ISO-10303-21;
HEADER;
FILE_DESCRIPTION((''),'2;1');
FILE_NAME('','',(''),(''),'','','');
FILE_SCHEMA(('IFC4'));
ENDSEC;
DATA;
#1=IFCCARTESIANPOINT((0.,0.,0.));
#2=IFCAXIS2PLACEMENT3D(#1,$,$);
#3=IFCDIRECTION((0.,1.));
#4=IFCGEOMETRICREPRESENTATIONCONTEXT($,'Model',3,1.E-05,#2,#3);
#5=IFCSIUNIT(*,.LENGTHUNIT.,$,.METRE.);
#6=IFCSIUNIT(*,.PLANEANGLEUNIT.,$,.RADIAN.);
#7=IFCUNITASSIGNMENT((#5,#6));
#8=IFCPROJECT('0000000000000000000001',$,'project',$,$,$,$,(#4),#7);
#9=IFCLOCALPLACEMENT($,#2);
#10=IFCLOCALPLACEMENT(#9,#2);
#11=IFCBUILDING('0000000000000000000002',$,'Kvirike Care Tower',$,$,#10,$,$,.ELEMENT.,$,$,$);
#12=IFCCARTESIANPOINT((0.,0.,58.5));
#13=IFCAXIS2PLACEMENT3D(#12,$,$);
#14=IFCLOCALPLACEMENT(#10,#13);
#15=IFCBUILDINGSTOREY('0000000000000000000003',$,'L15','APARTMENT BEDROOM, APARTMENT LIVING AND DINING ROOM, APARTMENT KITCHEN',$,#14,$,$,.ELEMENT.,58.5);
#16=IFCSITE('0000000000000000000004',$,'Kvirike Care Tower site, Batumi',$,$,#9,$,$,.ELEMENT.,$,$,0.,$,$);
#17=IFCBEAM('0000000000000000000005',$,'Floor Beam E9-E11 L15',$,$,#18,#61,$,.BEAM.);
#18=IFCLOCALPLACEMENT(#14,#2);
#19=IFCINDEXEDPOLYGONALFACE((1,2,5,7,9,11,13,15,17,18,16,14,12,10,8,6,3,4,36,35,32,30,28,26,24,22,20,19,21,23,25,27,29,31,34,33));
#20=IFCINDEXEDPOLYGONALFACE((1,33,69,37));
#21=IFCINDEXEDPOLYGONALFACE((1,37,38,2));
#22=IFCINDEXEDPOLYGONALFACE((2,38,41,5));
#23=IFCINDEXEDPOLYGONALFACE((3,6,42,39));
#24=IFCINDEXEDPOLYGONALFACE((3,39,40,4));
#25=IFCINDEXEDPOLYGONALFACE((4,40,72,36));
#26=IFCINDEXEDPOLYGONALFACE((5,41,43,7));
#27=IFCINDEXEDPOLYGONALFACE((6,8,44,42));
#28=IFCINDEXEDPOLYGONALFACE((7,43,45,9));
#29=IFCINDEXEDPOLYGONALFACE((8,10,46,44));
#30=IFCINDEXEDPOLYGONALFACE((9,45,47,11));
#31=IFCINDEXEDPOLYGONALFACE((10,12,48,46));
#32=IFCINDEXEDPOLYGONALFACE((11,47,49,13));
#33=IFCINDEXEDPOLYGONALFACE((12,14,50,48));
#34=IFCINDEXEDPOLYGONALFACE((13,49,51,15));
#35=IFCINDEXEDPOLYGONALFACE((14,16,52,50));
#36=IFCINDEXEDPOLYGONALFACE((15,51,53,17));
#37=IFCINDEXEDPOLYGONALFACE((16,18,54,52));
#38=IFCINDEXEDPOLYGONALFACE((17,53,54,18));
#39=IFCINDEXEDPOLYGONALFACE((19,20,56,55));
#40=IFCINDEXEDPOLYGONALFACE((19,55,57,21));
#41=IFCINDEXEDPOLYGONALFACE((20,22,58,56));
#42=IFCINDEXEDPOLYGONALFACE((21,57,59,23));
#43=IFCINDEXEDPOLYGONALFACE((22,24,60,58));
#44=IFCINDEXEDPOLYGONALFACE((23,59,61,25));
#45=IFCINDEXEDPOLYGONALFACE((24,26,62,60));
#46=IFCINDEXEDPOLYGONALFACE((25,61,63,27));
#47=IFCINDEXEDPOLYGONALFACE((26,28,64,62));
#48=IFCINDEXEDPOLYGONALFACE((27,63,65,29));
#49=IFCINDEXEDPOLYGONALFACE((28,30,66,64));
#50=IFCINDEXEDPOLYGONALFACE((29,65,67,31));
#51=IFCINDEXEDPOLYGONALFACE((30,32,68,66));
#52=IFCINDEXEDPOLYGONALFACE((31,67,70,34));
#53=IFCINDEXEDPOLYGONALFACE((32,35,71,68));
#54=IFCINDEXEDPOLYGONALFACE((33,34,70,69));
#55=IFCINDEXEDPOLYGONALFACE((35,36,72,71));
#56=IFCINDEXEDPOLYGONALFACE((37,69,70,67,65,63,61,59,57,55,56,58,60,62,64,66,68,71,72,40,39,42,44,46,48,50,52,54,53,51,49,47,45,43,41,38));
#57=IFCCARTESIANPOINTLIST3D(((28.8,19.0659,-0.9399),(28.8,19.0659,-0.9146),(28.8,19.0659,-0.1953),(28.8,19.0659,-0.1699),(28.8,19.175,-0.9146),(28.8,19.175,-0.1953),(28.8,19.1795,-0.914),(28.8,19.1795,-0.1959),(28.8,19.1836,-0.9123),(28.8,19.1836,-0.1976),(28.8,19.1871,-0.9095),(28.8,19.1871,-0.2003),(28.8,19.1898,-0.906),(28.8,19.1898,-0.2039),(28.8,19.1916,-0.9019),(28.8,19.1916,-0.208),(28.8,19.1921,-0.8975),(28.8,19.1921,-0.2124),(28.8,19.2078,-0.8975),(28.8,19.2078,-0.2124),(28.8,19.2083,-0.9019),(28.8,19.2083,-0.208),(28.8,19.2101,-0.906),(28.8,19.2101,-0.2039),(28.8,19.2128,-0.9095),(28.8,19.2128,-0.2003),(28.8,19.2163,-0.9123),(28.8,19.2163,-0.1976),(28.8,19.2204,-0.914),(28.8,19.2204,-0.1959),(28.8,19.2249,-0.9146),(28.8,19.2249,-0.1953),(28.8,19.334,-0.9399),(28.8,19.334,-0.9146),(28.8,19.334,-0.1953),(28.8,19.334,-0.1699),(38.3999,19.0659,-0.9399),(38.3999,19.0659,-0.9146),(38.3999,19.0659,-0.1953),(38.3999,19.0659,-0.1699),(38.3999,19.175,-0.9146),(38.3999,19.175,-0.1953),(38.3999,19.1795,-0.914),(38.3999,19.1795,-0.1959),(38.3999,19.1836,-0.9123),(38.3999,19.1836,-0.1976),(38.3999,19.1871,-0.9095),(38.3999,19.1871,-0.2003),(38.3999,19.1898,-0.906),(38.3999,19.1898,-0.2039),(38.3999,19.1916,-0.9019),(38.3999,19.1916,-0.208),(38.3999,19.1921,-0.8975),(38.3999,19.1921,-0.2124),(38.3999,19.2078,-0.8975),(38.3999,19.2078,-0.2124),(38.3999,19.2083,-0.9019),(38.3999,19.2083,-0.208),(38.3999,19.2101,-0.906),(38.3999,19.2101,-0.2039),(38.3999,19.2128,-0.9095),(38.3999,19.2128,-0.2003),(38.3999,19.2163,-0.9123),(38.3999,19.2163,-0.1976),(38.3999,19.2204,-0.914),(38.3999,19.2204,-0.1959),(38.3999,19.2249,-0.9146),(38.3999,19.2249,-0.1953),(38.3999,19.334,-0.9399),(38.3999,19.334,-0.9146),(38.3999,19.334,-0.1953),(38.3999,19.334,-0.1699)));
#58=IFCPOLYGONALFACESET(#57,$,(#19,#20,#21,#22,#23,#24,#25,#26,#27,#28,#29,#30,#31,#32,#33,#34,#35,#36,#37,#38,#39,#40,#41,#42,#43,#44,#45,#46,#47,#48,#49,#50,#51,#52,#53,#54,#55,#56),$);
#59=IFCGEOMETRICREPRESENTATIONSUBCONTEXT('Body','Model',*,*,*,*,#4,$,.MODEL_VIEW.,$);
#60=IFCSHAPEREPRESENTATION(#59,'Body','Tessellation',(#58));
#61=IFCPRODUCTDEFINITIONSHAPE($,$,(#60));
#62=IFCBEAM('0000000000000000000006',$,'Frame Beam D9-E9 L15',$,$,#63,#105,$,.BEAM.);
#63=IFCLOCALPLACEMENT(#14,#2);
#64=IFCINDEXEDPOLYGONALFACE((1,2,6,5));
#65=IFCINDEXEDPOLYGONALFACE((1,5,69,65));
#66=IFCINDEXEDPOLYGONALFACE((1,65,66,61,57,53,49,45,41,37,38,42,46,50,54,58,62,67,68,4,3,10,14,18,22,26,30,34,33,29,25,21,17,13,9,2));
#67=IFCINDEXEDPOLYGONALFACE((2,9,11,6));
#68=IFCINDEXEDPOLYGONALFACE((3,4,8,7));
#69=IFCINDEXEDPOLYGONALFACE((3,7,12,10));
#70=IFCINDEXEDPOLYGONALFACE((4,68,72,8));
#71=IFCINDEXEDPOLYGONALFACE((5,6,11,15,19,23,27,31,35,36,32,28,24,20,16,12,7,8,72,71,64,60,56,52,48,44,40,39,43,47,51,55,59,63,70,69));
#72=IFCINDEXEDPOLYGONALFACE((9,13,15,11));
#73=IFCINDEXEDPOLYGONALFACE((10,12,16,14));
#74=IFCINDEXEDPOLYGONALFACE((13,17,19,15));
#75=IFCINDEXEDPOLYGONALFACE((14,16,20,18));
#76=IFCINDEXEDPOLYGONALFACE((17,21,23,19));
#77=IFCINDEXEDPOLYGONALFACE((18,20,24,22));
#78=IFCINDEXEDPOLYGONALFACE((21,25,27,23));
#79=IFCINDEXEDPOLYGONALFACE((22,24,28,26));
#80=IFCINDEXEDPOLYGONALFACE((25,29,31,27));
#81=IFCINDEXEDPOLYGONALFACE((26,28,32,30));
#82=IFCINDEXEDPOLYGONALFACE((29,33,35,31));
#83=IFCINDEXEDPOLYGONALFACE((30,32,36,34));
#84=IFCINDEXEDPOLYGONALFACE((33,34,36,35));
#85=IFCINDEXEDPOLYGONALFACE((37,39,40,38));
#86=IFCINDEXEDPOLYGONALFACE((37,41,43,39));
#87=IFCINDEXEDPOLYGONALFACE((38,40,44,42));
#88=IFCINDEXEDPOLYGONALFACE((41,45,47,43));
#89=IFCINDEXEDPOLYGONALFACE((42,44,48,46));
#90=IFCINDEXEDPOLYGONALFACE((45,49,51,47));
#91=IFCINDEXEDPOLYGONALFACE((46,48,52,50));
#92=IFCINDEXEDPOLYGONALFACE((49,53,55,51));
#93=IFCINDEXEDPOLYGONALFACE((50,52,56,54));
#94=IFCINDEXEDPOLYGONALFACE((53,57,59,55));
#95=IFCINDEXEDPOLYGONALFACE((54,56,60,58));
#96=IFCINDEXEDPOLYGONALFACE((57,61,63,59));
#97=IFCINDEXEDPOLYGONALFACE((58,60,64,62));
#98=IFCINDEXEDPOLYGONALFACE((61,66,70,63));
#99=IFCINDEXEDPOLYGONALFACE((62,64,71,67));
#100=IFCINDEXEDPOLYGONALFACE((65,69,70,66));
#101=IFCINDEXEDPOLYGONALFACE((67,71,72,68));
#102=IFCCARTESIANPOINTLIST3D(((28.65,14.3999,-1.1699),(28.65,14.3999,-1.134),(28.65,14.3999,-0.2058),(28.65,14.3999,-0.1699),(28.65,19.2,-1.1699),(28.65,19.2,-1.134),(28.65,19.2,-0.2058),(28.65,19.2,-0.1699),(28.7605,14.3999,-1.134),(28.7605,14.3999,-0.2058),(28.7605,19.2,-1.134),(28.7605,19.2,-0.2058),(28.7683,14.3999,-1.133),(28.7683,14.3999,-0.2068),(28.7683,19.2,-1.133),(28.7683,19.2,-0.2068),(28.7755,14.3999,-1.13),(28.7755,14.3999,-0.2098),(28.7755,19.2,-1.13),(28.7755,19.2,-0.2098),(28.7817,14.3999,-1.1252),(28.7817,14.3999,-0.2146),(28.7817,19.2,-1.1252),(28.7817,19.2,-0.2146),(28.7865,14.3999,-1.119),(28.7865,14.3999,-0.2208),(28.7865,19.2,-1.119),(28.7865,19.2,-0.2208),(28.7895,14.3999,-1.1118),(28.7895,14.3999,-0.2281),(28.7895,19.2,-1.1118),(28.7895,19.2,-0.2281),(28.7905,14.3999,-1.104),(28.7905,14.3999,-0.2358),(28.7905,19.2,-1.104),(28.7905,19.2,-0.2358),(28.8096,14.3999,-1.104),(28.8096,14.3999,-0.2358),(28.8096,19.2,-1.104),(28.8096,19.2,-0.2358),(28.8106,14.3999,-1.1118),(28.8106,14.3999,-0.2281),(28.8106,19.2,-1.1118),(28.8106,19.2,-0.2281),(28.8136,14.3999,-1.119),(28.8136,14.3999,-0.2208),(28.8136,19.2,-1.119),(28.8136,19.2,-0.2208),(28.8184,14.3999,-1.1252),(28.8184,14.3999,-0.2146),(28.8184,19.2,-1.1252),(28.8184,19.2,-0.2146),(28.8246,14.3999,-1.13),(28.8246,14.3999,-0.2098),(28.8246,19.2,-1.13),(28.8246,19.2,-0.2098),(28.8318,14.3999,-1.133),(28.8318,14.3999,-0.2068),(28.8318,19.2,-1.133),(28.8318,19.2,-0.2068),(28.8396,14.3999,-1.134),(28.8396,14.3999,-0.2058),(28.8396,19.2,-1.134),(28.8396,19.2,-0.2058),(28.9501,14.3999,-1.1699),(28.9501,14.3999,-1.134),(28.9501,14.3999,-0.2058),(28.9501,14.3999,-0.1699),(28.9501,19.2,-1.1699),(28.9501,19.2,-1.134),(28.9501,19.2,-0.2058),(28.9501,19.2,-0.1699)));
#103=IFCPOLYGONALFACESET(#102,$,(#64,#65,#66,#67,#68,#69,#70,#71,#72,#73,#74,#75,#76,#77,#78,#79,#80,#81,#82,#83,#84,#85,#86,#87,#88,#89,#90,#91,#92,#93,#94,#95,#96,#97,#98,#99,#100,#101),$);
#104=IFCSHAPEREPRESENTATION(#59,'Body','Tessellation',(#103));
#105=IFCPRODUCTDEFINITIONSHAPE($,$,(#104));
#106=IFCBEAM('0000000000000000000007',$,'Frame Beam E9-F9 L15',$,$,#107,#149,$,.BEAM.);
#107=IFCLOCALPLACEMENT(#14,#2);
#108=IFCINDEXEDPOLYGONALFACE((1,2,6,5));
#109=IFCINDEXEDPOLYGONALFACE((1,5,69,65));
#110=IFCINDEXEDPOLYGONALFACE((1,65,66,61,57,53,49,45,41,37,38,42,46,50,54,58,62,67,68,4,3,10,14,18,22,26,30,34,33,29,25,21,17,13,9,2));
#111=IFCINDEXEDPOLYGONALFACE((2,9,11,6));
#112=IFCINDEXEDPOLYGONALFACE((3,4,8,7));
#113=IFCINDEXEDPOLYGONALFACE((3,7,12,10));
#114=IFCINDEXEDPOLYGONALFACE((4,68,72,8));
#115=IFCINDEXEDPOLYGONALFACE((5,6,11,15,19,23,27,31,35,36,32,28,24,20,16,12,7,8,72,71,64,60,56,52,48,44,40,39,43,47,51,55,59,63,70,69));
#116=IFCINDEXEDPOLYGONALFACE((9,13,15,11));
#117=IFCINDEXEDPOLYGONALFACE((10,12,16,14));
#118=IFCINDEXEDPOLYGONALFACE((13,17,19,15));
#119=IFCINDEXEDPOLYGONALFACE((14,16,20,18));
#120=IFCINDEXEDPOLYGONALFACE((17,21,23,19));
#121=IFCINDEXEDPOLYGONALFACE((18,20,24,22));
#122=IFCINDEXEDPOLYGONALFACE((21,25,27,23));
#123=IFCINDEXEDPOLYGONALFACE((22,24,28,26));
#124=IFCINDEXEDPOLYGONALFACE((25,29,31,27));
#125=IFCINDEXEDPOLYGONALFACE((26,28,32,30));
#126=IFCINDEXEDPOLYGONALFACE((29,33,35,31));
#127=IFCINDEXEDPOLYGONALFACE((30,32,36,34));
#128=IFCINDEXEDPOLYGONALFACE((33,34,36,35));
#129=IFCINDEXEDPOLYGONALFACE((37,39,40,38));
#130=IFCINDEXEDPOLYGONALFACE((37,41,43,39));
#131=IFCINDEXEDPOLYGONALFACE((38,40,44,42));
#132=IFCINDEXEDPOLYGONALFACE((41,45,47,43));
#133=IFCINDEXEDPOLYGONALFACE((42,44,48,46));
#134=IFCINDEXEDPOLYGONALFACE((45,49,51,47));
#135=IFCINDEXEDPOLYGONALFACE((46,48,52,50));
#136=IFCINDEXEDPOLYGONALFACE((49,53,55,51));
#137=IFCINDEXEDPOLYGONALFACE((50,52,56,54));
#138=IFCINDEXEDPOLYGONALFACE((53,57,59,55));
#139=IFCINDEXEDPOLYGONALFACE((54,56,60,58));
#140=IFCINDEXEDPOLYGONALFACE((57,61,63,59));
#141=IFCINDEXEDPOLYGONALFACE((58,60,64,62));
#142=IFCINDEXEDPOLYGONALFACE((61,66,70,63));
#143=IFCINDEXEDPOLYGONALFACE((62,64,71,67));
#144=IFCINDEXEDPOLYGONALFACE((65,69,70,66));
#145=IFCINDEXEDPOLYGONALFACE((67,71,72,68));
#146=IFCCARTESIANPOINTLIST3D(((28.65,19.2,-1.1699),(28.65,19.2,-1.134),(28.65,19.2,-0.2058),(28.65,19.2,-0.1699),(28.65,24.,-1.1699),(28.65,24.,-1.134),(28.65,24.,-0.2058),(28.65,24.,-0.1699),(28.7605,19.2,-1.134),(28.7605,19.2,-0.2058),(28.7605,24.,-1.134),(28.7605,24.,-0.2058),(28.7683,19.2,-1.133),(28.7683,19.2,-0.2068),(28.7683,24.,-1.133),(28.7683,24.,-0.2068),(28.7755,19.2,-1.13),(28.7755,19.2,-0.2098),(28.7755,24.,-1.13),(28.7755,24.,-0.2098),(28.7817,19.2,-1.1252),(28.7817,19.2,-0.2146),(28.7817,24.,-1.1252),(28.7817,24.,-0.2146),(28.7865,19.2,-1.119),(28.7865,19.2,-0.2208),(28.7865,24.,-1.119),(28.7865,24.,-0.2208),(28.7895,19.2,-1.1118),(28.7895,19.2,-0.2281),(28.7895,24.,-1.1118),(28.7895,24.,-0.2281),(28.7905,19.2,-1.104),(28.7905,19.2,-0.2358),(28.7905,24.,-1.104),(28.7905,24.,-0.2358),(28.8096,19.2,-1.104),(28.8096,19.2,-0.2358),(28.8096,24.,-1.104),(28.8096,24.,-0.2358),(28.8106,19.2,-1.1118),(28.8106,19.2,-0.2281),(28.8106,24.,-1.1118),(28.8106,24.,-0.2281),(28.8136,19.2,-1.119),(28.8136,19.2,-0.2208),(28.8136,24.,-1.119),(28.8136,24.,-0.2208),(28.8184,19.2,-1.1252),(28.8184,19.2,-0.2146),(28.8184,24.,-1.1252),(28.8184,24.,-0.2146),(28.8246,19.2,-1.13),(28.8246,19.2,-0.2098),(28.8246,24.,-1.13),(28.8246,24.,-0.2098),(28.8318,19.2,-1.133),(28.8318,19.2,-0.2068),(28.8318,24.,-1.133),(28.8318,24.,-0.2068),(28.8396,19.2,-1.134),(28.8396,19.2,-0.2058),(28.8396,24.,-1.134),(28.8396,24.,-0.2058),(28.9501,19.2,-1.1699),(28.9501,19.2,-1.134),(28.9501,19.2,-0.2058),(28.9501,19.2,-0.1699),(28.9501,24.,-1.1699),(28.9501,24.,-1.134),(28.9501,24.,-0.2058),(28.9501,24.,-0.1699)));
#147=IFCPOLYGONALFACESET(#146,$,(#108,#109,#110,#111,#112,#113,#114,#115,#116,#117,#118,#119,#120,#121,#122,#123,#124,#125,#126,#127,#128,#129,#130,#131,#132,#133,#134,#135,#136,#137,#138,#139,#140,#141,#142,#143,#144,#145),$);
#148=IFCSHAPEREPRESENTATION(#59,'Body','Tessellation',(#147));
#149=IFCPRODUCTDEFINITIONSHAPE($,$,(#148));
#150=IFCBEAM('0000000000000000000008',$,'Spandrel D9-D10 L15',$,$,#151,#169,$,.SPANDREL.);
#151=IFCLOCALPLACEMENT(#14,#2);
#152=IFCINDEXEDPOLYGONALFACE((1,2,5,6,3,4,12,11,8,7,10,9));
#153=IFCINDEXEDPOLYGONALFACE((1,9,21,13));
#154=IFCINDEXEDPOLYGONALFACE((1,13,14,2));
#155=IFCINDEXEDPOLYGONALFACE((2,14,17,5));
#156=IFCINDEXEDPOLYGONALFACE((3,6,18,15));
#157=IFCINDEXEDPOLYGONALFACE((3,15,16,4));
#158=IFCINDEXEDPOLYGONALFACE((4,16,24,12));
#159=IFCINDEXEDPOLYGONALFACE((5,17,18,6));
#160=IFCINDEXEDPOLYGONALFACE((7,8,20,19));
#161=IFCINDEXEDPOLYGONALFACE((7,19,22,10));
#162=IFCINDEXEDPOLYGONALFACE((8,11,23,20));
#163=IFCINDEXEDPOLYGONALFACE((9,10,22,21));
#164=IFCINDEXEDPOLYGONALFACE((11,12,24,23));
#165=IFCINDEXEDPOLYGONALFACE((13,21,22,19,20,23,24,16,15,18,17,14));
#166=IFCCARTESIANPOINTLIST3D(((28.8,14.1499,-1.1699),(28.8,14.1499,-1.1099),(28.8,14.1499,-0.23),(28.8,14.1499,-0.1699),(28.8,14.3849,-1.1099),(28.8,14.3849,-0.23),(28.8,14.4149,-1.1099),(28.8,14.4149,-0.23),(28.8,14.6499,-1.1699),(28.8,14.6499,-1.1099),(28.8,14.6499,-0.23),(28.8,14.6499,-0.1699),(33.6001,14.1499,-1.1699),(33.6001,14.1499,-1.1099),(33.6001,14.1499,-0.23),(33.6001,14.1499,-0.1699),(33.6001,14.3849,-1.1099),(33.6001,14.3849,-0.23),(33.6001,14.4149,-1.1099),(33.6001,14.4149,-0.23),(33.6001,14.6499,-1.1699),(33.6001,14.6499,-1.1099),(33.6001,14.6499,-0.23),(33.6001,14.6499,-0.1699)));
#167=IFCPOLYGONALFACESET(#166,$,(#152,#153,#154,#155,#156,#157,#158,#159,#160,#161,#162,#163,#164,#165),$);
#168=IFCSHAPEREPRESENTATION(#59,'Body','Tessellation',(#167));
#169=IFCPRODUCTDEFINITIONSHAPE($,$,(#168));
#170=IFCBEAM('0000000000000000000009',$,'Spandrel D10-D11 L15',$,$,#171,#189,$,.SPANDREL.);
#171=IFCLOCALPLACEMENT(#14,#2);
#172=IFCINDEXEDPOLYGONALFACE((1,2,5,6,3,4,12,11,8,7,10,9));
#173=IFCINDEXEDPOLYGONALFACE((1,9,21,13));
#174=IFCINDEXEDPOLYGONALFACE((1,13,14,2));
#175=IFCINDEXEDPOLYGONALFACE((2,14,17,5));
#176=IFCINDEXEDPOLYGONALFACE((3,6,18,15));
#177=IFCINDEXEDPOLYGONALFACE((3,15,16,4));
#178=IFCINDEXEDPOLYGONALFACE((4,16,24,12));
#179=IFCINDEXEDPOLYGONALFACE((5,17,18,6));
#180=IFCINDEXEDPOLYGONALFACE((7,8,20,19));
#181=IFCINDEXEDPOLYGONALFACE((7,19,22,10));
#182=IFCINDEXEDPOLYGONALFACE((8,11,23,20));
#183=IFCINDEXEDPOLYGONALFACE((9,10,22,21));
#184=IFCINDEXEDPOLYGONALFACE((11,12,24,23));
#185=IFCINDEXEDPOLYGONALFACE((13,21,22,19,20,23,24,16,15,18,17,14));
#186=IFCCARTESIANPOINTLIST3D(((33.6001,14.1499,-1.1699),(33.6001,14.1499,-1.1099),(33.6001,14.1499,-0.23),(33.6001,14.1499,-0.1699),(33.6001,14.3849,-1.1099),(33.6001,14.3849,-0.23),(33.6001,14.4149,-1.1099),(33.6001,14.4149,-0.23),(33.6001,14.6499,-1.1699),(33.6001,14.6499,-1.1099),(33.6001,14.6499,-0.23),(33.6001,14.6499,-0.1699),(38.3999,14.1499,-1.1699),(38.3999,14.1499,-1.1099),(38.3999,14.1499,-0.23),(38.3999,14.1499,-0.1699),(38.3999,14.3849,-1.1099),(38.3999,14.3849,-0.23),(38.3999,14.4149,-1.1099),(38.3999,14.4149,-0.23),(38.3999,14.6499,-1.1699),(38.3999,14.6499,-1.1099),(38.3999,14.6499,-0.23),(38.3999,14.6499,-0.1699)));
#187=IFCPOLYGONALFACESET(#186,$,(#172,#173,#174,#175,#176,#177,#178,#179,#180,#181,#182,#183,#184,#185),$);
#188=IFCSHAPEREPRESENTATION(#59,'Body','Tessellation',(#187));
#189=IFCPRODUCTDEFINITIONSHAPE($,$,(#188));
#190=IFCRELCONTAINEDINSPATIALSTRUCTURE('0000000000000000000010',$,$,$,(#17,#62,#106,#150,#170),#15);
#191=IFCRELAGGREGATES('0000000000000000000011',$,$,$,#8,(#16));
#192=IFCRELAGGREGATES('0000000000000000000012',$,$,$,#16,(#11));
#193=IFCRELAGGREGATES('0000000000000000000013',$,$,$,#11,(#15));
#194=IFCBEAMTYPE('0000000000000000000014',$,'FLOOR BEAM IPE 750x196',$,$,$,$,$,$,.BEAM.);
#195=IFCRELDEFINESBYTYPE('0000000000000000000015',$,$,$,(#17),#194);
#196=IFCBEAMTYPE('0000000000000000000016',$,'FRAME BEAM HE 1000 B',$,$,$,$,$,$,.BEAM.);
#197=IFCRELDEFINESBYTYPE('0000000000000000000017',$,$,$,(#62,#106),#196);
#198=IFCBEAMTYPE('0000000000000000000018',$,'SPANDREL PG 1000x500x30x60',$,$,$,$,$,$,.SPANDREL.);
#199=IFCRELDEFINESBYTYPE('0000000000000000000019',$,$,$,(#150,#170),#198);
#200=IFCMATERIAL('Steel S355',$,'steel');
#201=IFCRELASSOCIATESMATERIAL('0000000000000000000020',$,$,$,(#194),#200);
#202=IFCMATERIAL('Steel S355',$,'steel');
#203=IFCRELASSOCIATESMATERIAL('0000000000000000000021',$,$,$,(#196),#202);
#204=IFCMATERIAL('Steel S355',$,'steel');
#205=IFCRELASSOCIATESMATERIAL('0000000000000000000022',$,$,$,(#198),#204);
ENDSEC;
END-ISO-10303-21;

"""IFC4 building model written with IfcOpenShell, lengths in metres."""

from ifc_helpers import new_model, si_unit, direction, frame, origin, origin_2d, place, context, subcontext, project, spatial, i_section, extrude, material, material_profile, profile_set, type_object, element, save


model = new_model("IFC4")

# Units and contexts
model_context = context("Model", 3, precision=1e-05, world=origin(), true_north=direction((0.0, 1.0)))
body_context = subcontext(model_context, "Body", "Model", "MODEL_VIEW")
ifc_project = project(units=[si_unit("LENGTHUNIT", "METRE"), si_unit("PLANEANGLEUNIT", "RADIAN")], contexts=[model_context])

# Site, building, storey
site_placement = place(None, origin())
site = spatial("IfcSite", under=ifc_project, at=site_placement, Name="Kvirike Care Tower site, Batumi", CompositionType="ELEMENT", RefElevation=0.0)
building_placement = place(site_placement, origin())
building = spatial("IfcBuilding", under=site, at=building_placement, Name="Kvirike Care Tower", CompositionType="ELEMENT")
storey_placement = place(building_placement, frame((0.0, 0.0, 58.5)))
storey = spatial("IfcBuildingStorey", under=building, at=storey_placement, Name="L15", Description="APARTMENT BEDROOM, APARTMENT LIVING AND DINING ROOM, APARTMENT KITCHEN", CompositionType="ELEMENT", Elevation=58.5)

# Beams
ifc_material_1 = material(Name="Steel S355", Category="steel")
ifc_material_profile_1 = material_profile(ifc_material_1, i_section(OverallWidth=0.2681, OverallDepth=0.77, WebThickness=0.0156, FlangeThickness=0.0254, FilletRadius=0.0171, at=origin_2d()), Name="IPE 750x196")
ifc_profile_set_1 = profile_set([ifc_material_profile_1], Name="Steel S355")
beam_type_1 = type_object("IfcBeamType", Name="FLOOR BEAM IPE 750x196", PredefinedType="BEAM", material=ifc_profile_set_1)
beam_1_placement = place(storey_placement, frame((28.8, 19.2, -0.5549), z_axis=(1.0, 0.0, 0.0), x_axis=(0.0, 1.0, 0.0)))
element("IfcBeam", 1, at=beam_1_placement, inside=storey, type_object=beam_type_1, Name="Floor Beam E9-E11 L15", PredefinedType="BEAM", context=body_context, shape_type="SweptSolid", body=[
    extrude(i_section(OverallWidth=0.2681, OverallDepth=0.77, WebThickness=0.0156, FlangeThickness=0.0254, FilletRadius=0.0171, at=origin_2d()), origin(), (0.0, 0.0, 1.0), 9.5999),
])
ifc_material_2 = material(Name="Steel S355", Category="steel")
ifc_material_profile_2 = material_profile(ifc_material_2, i_section(OverallWidth=0.3, OverallDepth=1.0, WebThickness=0.019, FlangeThickness=0.0359, FilletRadius=0.03, at=origin_2d()), Name="HE 1000 B")
ifc_profile_set_2 = profile_set([ifc_material_profile_2], Name="Steel S355")
beam_type_2 = type_object("IfcBeamType", Name="FRAME BEAM HE 1000 B", PredefinedType="BEAM", material=ifc_profile_set_2)
for number, where, z_axis, x_axis, name in (
    (2, (28.8, 14.3999, -0.6699), (0.0, 1.0, 0.0), (-1.0, 0.0, 0.0), "Frame Beam D9-E9 L15"),
    (3, (28.8, 19.2, -0.6699), (0.0, 1.0, 0.0), (-1.0, 0.0, 0.0), "Frame Beam E9-F9 L15"),
):
    element("IfcBeam", number, at=place(storey_placement, frame(where, z_axis=z_axis, x_axis=x_axis)), inside=storey, type_object=beam_type_2, Name=name, PredefinedType="BEAM", context=body_context, shape_type="SweptSolid", body=[
        extrude(i_section(OverallWidth=0.3, OverallDepth=1.0, WebThickness=0.019, FlangeThickness=0.0359, FilletRadius=0.03, at=origin_2d()), origin(), (0.0, 0.0, 1.0), 4.8),
    ])
ifc_material_3 = material(Name="Steel S355", Category="steel")
ifc_material_profile_3 = material_profile(ifc_material_3, i_section(OverallWidth=0.5, OverallDepth=1.0, WebThickness=0.03, FlangeThickness=0.0601, at=origin_2d()), Name="PG 1000x500x30x60")
ifc_profile_set_3 = profile_set([ifc_material_profile_3], Name="Steel S355")
beam_type_3 = type_object("IfcBeamType", Name="SPANDREL PG 1000x500x30x60", PredefinedType="SPANDREL", material=ifc_profile_set_3)
beam_2_placement = place(storey_placement, frame((28.8, 14.3999, -0.6699), z_axis=(1.0, 0.0, 0.0), x_axis=(0.0, 1.0, 0.0)))
element("IfcBeam", 4, at=beam_2_placement, inside=storey, type_object=beam_type_3, Name="Spandrel D9-D10 L15", PredefinedType="SPANDREL", context=body_context, shape_type="SweptSolid", body=[
    extrude(i_section(OverallWidth=0.5, OverallDepth=1.0, WebThickness=0.03, FlangeThickness=0.0601, at=origin_2d()), origin(), (0.0, 0.0, 1.0), 4.8),
])
beam_3_placement = place(storey_placement, frame((33.6001, 14.3999, -0.6699), z_axis=(1.0, 0.0, 0.0), x_axis=(0.0, 1.0, 0.0)))
element("IfcBeam", 5, at=beam_3_placement, inside=storey, type_object=beam_type_3, Name="Spandrel D10-D11 L15", PredefinedType="SPANDREL", context=body_context, shape_type="SweptSolid", body=[
    extrude(i_section(OverallWidth=0.5, OverallDepth=1.0, WebThickness=0.03, FlangeThickness=0.0601, at=origin_2d()), origin(), (0.0, 0.0, 1.0), 4.7998),
])

save(model, "model.ifc")
